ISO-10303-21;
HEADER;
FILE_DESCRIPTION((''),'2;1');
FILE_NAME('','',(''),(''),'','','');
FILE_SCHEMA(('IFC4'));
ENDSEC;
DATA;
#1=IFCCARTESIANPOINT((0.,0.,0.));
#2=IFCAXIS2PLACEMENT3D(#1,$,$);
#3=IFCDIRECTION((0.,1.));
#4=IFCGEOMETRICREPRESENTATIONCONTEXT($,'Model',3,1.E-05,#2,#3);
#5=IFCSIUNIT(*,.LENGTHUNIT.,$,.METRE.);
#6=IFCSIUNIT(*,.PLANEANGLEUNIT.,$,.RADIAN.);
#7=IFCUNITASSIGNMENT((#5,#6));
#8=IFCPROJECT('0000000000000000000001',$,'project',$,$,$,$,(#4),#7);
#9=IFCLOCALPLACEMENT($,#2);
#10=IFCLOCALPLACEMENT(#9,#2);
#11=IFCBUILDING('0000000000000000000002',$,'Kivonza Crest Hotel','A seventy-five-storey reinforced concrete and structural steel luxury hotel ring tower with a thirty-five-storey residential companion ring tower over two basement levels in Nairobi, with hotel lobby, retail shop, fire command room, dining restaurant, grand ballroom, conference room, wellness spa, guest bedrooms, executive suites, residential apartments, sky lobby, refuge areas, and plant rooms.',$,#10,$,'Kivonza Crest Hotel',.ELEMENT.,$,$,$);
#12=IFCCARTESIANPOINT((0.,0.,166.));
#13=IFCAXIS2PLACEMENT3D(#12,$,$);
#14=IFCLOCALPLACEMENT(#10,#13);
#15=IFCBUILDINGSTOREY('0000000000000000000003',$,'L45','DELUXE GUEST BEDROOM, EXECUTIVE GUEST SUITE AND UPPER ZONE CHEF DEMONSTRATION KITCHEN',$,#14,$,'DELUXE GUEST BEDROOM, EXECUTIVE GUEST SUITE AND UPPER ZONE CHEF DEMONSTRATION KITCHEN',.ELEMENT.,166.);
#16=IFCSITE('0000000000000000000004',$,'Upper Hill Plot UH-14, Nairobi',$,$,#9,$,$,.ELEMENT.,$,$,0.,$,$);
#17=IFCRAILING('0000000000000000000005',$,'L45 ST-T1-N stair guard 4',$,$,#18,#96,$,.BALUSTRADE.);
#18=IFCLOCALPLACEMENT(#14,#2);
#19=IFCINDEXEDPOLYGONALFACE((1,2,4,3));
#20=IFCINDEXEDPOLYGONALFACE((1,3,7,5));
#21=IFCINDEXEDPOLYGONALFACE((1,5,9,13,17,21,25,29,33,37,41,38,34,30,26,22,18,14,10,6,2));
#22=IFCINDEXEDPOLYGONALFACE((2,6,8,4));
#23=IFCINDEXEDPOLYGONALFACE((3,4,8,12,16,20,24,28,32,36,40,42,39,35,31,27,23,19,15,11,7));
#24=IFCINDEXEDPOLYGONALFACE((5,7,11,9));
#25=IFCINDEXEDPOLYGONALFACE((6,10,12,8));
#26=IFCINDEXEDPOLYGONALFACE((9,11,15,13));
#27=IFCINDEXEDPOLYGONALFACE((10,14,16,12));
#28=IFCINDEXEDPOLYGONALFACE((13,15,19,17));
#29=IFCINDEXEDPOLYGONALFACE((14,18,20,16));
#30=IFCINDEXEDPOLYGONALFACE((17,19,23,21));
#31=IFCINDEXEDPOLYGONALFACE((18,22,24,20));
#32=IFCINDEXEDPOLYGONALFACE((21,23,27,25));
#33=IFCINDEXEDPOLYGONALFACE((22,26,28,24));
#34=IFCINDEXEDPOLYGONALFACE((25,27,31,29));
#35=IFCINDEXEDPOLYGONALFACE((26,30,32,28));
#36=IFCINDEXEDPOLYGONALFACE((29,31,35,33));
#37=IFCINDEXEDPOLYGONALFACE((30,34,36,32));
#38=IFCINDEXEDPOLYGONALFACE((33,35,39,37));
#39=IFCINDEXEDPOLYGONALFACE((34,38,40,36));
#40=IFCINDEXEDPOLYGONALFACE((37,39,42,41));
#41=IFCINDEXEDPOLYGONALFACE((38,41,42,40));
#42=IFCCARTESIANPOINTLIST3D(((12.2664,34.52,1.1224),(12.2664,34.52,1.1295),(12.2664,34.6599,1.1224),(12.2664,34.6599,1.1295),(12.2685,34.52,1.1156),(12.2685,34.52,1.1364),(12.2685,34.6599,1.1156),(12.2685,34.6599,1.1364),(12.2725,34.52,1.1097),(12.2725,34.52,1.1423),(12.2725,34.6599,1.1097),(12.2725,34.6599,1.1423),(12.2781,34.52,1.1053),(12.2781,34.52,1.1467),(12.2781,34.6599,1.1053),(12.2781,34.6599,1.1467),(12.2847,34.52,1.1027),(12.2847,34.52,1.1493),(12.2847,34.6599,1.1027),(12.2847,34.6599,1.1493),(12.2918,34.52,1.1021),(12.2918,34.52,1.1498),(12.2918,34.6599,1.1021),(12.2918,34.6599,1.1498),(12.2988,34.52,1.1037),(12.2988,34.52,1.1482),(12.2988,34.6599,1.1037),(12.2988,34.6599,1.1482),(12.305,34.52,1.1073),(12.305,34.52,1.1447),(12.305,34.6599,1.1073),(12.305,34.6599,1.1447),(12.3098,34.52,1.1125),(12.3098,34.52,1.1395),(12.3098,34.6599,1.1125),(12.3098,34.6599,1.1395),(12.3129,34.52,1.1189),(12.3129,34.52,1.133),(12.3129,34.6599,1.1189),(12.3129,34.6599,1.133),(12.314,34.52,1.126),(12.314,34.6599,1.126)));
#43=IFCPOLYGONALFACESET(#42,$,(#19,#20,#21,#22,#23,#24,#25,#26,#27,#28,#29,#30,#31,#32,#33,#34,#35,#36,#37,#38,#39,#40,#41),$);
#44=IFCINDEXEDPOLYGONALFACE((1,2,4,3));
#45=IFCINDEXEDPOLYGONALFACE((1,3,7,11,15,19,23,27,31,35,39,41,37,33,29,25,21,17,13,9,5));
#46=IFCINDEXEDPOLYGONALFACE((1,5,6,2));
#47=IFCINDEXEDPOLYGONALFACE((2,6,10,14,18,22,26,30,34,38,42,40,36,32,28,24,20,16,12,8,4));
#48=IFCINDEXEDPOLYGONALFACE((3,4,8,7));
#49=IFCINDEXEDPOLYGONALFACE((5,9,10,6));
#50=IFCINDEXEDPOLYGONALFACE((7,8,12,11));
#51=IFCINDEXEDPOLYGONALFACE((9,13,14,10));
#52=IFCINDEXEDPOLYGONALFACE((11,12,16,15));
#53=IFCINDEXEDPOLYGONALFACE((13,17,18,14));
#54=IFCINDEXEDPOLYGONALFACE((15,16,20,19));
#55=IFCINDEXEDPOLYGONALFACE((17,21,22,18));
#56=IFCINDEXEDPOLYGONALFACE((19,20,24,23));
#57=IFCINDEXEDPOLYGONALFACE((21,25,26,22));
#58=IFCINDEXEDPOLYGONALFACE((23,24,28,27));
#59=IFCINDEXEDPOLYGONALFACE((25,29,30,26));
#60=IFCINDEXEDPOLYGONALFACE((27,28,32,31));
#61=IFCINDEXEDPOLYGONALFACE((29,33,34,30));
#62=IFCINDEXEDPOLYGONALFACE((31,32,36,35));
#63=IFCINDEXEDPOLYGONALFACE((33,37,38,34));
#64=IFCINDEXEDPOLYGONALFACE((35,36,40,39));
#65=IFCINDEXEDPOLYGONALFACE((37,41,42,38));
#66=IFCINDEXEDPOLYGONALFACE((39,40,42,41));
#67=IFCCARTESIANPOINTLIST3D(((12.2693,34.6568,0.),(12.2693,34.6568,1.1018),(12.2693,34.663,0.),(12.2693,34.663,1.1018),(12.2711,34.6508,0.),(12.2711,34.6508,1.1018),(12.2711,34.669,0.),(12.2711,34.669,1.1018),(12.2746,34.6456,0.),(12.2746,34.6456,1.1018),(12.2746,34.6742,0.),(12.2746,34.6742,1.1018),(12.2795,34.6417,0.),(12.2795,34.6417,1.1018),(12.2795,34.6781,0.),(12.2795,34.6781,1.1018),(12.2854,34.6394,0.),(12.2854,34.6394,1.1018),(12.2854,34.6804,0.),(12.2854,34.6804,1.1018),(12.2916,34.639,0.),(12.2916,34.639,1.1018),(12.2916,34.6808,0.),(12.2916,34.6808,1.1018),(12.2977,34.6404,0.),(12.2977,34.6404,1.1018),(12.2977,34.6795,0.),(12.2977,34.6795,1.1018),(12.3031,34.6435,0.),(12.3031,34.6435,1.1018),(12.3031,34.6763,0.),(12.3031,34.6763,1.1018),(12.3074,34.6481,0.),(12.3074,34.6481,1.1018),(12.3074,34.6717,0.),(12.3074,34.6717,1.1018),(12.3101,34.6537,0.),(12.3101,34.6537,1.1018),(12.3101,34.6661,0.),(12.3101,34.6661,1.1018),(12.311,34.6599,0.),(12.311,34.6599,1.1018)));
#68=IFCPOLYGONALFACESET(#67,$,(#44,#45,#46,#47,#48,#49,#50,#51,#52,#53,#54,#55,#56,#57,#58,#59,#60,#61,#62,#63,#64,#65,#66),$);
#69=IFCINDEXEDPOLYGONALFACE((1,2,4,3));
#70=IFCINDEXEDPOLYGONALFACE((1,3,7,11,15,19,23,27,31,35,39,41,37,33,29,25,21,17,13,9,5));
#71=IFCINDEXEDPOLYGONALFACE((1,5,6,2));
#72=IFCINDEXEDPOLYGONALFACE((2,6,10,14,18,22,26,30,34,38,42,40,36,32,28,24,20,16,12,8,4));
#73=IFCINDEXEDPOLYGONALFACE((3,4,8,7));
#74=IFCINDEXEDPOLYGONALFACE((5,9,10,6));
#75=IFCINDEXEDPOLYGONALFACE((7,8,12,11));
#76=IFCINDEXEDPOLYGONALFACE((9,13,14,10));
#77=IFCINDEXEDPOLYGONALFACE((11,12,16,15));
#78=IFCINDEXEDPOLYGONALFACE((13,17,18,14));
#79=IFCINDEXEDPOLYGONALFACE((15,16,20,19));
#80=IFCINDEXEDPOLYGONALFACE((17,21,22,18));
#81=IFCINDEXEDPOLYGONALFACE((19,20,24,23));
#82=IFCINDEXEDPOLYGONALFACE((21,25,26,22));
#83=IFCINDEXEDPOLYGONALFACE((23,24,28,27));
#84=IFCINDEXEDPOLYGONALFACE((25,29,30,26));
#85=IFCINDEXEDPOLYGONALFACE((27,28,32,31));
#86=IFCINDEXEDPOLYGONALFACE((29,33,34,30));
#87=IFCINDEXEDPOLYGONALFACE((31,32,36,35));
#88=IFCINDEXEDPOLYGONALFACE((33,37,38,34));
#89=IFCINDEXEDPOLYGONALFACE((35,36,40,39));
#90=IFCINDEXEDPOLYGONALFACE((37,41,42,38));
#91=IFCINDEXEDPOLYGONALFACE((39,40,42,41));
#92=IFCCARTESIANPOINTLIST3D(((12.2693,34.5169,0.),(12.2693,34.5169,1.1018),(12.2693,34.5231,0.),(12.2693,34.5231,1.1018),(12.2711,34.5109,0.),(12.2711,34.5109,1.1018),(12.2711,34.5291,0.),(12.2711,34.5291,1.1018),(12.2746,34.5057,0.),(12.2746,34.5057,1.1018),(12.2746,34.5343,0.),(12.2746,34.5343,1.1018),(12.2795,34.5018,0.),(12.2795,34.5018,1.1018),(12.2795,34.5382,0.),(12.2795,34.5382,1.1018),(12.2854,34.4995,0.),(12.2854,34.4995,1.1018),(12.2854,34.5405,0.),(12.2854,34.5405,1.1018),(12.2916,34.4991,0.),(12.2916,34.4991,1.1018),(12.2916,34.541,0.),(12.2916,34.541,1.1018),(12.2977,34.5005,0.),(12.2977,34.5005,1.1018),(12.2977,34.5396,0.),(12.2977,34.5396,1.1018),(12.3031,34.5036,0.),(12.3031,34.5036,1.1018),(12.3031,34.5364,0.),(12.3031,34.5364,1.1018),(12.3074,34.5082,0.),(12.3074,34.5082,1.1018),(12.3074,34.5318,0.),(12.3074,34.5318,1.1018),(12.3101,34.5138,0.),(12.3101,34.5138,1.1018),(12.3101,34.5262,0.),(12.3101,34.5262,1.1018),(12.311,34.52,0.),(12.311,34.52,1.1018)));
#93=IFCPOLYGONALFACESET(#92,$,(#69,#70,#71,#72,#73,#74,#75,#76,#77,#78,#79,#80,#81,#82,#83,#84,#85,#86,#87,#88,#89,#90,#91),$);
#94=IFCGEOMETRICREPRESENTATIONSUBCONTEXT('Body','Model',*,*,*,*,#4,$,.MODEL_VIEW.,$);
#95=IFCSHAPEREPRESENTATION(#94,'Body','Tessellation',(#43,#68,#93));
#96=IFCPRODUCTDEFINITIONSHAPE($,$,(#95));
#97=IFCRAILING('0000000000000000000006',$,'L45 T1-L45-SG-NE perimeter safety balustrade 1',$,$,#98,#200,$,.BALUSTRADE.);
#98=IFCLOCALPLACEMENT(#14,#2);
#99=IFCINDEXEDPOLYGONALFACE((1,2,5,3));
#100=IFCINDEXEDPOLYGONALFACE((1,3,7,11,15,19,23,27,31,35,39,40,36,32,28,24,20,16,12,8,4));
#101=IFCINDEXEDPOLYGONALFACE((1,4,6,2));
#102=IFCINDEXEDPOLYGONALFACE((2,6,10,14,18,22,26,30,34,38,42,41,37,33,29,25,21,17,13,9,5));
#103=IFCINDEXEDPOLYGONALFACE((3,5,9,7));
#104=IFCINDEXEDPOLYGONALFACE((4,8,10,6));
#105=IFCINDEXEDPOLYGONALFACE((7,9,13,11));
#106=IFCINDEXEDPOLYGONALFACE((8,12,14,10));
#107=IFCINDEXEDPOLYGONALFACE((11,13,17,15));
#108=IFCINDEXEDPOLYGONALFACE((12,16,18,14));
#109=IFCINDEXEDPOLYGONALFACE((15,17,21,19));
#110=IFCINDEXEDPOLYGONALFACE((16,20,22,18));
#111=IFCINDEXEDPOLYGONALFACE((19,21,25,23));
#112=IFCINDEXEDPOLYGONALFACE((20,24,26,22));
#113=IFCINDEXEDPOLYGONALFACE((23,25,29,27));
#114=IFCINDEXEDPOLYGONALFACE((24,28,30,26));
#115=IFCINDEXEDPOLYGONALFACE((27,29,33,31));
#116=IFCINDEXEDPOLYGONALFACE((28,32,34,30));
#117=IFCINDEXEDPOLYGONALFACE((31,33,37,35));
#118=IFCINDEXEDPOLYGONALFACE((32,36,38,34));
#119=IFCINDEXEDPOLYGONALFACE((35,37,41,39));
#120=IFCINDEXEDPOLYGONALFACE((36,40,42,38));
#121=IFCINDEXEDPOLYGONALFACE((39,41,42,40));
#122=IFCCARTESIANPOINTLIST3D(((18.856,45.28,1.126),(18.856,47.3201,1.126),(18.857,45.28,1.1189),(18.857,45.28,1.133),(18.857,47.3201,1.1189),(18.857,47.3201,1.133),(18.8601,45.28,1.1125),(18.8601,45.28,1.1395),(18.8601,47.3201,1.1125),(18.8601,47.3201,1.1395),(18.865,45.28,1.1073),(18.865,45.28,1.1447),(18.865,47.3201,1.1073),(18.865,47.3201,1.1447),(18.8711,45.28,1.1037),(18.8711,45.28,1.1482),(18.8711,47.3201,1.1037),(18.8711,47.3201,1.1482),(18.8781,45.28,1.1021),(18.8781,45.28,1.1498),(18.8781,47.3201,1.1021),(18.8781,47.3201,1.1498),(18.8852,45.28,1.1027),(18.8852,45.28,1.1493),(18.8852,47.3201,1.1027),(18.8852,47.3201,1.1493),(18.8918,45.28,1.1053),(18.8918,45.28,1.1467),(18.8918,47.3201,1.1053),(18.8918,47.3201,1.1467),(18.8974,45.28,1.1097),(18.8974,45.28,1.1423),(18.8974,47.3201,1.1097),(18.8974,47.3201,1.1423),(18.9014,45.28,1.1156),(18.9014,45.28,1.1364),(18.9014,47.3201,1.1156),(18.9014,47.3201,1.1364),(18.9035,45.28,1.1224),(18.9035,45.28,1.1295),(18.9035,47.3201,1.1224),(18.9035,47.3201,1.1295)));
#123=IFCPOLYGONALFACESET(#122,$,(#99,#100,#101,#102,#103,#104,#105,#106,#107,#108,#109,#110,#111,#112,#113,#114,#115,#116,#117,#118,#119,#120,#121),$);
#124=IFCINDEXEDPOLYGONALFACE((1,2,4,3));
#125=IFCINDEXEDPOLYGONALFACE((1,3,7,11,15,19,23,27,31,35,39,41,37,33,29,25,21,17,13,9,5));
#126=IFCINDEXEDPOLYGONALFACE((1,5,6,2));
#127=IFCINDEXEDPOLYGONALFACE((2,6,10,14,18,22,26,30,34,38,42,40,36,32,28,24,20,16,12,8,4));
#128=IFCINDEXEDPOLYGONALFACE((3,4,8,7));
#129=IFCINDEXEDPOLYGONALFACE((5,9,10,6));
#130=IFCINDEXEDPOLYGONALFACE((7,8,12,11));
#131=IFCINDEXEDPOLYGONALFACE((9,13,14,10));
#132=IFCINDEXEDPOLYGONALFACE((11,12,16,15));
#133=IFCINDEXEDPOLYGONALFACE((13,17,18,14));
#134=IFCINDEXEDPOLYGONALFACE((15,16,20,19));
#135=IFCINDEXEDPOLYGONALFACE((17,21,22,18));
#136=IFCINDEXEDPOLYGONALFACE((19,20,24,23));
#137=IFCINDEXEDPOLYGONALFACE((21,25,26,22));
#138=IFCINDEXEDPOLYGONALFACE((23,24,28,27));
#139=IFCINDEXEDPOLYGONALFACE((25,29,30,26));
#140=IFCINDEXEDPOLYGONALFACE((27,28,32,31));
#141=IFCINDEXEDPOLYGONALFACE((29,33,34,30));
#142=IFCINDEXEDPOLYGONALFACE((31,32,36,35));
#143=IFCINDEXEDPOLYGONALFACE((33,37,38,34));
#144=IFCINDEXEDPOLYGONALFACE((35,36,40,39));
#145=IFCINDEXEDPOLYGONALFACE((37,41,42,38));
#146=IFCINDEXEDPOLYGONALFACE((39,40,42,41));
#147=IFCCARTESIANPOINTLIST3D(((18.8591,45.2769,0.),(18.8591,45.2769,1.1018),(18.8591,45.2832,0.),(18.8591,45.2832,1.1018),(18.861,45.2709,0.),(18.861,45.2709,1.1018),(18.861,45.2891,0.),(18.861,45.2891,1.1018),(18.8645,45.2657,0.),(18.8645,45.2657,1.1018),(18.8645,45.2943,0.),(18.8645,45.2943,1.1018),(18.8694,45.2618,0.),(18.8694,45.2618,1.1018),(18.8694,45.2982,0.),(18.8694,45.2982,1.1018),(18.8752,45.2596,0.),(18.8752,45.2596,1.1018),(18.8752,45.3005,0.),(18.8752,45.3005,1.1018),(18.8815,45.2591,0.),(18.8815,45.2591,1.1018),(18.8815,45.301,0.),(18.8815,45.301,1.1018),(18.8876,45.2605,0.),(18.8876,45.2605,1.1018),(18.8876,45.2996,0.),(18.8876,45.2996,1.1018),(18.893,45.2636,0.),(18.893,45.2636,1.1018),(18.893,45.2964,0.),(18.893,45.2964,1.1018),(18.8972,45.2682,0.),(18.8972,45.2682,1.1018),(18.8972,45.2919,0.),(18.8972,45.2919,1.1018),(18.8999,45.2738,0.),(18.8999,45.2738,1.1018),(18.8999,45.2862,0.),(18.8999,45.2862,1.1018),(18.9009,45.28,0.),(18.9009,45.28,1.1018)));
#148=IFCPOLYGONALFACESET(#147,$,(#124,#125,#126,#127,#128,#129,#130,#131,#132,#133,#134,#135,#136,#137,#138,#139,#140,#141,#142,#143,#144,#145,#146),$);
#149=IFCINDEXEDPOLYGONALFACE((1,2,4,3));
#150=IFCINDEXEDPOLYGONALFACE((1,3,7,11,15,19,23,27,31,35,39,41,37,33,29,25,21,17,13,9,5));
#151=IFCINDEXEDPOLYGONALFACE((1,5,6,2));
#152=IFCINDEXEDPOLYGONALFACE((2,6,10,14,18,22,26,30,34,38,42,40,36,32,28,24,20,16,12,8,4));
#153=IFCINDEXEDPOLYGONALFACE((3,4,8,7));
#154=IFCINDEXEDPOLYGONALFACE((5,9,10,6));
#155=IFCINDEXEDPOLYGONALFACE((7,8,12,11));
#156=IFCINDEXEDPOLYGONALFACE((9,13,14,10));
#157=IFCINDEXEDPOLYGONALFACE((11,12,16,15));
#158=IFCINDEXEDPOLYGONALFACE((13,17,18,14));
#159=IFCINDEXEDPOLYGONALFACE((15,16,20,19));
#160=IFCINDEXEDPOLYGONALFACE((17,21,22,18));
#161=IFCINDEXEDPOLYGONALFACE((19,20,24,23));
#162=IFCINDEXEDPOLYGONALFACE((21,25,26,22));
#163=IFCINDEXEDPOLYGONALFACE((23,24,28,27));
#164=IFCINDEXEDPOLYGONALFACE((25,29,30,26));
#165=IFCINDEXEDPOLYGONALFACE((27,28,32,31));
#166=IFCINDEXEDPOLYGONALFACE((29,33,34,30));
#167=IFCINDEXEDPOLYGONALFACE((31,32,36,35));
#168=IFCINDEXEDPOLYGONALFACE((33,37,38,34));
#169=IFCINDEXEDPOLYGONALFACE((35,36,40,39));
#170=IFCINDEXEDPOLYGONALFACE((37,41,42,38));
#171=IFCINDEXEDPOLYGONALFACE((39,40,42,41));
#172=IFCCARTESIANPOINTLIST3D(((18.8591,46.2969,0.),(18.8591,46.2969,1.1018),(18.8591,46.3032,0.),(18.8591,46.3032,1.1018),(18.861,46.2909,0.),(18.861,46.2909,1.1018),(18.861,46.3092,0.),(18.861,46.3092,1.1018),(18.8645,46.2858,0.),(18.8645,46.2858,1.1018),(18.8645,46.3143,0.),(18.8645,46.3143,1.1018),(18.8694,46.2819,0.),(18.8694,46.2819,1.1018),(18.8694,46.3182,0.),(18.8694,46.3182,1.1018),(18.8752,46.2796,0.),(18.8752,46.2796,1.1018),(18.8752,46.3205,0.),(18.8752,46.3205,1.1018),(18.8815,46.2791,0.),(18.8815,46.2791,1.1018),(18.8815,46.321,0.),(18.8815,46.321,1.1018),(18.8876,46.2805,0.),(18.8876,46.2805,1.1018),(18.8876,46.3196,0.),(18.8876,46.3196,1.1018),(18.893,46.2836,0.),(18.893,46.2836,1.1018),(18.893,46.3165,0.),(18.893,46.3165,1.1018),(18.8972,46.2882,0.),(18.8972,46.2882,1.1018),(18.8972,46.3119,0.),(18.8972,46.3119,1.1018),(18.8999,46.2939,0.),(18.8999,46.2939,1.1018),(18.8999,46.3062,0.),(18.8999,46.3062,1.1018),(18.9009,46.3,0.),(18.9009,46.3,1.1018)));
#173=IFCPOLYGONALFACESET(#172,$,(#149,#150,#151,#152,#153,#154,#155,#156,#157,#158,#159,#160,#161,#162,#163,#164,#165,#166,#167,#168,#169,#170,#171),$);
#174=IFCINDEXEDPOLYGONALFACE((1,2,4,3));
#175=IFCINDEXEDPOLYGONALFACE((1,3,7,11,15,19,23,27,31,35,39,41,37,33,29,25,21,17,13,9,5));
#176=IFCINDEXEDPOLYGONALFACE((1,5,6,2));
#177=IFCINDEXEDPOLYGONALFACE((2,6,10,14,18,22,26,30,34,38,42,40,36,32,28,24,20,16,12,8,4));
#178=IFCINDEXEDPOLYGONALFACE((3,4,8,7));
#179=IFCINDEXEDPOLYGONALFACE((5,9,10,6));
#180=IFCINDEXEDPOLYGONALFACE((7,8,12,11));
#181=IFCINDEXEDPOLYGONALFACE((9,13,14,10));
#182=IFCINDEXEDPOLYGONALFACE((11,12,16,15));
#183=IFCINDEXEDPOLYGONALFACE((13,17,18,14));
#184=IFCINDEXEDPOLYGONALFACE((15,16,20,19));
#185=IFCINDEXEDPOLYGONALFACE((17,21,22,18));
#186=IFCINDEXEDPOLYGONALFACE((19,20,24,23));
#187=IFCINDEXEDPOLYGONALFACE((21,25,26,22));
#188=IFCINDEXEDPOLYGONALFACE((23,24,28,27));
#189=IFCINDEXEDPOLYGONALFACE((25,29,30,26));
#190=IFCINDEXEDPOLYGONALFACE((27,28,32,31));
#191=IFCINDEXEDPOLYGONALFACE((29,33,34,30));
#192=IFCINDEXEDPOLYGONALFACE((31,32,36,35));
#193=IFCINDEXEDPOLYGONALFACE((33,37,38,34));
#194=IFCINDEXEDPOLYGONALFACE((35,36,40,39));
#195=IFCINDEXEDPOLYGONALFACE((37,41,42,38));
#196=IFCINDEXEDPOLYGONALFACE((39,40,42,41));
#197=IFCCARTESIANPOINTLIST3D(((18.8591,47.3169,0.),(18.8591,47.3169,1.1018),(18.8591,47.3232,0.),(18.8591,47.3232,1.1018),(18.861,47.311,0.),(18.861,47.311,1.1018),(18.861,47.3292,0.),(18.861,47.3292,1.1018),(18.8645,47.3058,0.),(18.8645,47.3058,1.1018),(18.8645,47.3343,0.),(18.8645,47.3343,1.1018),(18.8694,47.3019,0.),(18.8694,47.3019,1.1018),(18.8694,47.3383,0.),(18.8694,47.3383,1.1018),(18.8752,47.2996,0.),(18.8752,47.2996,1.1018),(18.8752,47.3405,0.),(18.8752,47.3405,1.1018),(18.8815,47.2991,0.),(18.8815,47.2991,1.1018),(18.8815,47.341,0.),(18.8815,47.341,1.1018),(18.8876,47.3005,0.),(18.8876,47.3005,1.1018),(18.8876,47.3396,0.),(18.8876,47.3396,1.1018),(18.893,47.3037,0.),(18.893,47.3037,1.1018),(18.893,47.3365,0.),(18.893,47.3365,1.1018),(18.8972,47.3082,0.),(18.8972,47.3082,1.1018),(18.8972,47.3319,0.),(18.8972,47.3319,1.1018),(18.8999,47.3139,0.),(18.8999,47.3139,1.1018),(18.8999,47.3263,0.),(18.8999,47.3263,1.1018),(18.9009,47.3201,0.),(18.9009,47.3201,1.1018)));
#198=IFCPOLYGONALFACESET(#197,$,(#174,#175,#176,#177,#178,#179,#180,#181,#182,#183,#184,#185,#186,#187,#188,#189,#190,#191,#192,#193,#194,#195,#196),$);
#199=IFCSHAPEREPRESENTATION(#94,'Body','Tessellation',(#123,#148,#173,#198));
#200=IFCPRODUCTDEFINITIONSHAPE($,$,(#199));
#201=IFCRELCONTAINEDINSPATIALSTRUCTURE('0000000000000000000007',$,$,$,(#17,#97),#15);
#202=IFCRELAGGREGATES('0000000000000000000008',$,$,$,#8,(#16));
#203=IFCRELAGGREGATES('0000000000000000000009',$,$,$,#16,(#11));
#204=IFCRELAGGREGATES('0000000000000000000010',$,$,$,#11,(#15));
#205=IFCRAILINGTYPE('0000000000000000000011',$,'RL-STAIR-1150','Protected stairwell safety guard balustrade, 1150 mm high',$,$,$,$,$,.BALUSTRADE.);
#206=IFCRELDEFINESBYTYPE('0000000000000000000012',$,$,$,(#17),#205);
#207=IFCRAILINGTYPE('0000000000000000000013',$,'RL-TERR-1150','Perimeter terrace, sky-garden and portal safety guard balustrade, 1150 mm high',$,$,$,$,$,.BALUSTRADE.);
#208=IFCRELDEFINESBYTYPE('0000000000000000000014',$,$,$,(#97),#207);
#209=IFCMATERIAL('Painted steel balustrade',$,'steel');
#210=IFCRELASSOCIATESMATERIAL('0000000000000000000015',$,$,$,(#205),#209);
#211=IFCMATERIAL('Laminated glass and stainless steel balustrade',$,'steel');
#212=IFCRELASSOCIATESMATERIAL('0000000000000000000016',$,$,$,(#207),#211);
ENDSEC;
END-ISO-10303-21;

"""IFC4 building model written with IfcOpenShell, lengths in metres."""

from ifc_helpers import new_model, si_unit, direction, frame, origin, origin_2d, place, context, subcontext, project, spatial, circle, extrude, material, type_object, element, save


model = new_model("IFC4")

# Units and contexts
model_context = context("Model", 3, precision=1e-05, world=origin(), true_north=direction((0.0, 1.0)))
body_context = subcontext(model_context, "Body", "Model", "MODEL_VIEW")
ifc_project = project(units=[si_unit("LENGTHUNIT", "METRE"), si_unit("PLANEANGLEUNIT", "RADIAN")], contexts=[model_context])

# Site, building, storey
site_placement = place(None, origin())
site = spatial("IfcSite", under=ifc_project, at=site_placement, Name="Upper Hill Plot UH-14, Nairobi", CompositionType="ELEMENT", RefElevation=0.0)
building_placement = place(site_placement, origin())
building = spatial("IfcBuilding", under=site, at=building_placement, Name="Kivonza Crest Hotel", Description="A seventy-five-storey reinforced concrete and structural steel luxury hotel ring tower with a thirty-five-storey residential companion ring tower over two basement levels in Nairobi, with hotel lobby, retail shop, fire command room, dining restaurant, grand ballroom, conference room, wellness spa, guest bedrooms, executive suites, residential apartments, sky lobby, refuge areas, and plant rooms.", LongName="Kivonza Crest Hotel", CompositionType="ELEMENT")
storey_placement = place(building_placement, frame((0.0, 0.0, 166.0)))
storey = spatial("IfcBuildingStorey", under=building, at=storey_placement, Name="L45", Description="DELUXE GUEST BEDROOM, EXECUTIVE GUEST SUITE AND UPPER ZONE CHEF DEMONSTRATION KITCHEN", LongName="DELUXE GUEST BEDROOM, EXECUTIVE GUEST SUITE AND UPPER ZONE CHEF DEMONSTRATION KITCHEN", CompositionType="ELEMENT", Elevation=166.0)

# Railings
ifc_material_1 = material(Name="Painted steel balustrade", Category="steel")
railing_type_1 = type_object("IfcRailingType", Name="RL-STAIR-1150", Description="Protected stairwell safety guard balustrade, 1150 mm high", PredefinedType="BALUSTRADE", material=ifc_material_1)
railing_1_placement = place(storey_placement, frame((12.29, 34.6599, 0.0)))
element("IfcRailing", 1, at=railing_1_placement, inside=storey, type_object=railing_type_1, Name="L45 ST-T1-N stair guard 4", PredefinedType="BALUSTRADE", context=body_context, shape_type="SweptSolid", body=[
    extrude(circle(Radius=0.0239, at=origin_2d()), frame((0.0, 0.0, 1.126), z_axis=(0.0, -1.0, 0.0), x_axis=(1.0, 0.0, 0.0)), (0.0, 0.0, 1.0), 0.1399),
    extrude(circle(Radius=0.021, at=origin_2d()), origin(), (0.0, 0.0, 1.0), 1.1018),
    extrude(circle(Radius=0.021, at=origin_2d()), frame((0.0, -0.1399, 0.0)), (0.0, 0.0, 1.0), 1.1018),
])
ifc_material_2 = material(Name="Laminated glass and stainless steel balustrade", Category="steel")
railing_type_2 = type_object("IfcRailingType", Name="RL-TERR-1150", Description="Perimeter terrace, sky-garden and portal safety guard balustrade, 1150 mm high", PredefinedType="BALUSTRADE", material=ifc_material_2)
railing_2_placement = place(storey_placement, frame((18.8799, 45.28, 0.0)))
element("IfcRailing", 2, at=railing_2_placement, inside=storey, type_object=railing_type_2, Name="L45 T1-L45-SG-NE perimeter safety balustrade 1", PredefinedType="BALUSTRADE", context=body_context, shape_type="SweptSolid", body=[
    extrude(circle(Radius=0.0239, at=origin_2d()), frame((0.0, 0.0, 1.126), z_axis=(0.0, 1.0, 0.0), x_axis=(-1.0, 0.0, 0.0)), (0.0, 0.0, 1.0), 2.04),
    extrude(circle(Radius=0.021, at=origin_2d()), origin(), (0.0, 0.0, 1.0), 1.1018),
    extrude(circle(Radius=0.021, at=origin_2d()), frame((0.0, 1.02, 0.0)), (0.0, 0.0, 1.0), 1.1018),
    extrude(circle(Radius=0.021, at=origin_2d()), frame((0.0, 2.04, 0.0)), (0.0, 0.0, 1.0), 1.1018),
])

save(model, "model.ifc")
